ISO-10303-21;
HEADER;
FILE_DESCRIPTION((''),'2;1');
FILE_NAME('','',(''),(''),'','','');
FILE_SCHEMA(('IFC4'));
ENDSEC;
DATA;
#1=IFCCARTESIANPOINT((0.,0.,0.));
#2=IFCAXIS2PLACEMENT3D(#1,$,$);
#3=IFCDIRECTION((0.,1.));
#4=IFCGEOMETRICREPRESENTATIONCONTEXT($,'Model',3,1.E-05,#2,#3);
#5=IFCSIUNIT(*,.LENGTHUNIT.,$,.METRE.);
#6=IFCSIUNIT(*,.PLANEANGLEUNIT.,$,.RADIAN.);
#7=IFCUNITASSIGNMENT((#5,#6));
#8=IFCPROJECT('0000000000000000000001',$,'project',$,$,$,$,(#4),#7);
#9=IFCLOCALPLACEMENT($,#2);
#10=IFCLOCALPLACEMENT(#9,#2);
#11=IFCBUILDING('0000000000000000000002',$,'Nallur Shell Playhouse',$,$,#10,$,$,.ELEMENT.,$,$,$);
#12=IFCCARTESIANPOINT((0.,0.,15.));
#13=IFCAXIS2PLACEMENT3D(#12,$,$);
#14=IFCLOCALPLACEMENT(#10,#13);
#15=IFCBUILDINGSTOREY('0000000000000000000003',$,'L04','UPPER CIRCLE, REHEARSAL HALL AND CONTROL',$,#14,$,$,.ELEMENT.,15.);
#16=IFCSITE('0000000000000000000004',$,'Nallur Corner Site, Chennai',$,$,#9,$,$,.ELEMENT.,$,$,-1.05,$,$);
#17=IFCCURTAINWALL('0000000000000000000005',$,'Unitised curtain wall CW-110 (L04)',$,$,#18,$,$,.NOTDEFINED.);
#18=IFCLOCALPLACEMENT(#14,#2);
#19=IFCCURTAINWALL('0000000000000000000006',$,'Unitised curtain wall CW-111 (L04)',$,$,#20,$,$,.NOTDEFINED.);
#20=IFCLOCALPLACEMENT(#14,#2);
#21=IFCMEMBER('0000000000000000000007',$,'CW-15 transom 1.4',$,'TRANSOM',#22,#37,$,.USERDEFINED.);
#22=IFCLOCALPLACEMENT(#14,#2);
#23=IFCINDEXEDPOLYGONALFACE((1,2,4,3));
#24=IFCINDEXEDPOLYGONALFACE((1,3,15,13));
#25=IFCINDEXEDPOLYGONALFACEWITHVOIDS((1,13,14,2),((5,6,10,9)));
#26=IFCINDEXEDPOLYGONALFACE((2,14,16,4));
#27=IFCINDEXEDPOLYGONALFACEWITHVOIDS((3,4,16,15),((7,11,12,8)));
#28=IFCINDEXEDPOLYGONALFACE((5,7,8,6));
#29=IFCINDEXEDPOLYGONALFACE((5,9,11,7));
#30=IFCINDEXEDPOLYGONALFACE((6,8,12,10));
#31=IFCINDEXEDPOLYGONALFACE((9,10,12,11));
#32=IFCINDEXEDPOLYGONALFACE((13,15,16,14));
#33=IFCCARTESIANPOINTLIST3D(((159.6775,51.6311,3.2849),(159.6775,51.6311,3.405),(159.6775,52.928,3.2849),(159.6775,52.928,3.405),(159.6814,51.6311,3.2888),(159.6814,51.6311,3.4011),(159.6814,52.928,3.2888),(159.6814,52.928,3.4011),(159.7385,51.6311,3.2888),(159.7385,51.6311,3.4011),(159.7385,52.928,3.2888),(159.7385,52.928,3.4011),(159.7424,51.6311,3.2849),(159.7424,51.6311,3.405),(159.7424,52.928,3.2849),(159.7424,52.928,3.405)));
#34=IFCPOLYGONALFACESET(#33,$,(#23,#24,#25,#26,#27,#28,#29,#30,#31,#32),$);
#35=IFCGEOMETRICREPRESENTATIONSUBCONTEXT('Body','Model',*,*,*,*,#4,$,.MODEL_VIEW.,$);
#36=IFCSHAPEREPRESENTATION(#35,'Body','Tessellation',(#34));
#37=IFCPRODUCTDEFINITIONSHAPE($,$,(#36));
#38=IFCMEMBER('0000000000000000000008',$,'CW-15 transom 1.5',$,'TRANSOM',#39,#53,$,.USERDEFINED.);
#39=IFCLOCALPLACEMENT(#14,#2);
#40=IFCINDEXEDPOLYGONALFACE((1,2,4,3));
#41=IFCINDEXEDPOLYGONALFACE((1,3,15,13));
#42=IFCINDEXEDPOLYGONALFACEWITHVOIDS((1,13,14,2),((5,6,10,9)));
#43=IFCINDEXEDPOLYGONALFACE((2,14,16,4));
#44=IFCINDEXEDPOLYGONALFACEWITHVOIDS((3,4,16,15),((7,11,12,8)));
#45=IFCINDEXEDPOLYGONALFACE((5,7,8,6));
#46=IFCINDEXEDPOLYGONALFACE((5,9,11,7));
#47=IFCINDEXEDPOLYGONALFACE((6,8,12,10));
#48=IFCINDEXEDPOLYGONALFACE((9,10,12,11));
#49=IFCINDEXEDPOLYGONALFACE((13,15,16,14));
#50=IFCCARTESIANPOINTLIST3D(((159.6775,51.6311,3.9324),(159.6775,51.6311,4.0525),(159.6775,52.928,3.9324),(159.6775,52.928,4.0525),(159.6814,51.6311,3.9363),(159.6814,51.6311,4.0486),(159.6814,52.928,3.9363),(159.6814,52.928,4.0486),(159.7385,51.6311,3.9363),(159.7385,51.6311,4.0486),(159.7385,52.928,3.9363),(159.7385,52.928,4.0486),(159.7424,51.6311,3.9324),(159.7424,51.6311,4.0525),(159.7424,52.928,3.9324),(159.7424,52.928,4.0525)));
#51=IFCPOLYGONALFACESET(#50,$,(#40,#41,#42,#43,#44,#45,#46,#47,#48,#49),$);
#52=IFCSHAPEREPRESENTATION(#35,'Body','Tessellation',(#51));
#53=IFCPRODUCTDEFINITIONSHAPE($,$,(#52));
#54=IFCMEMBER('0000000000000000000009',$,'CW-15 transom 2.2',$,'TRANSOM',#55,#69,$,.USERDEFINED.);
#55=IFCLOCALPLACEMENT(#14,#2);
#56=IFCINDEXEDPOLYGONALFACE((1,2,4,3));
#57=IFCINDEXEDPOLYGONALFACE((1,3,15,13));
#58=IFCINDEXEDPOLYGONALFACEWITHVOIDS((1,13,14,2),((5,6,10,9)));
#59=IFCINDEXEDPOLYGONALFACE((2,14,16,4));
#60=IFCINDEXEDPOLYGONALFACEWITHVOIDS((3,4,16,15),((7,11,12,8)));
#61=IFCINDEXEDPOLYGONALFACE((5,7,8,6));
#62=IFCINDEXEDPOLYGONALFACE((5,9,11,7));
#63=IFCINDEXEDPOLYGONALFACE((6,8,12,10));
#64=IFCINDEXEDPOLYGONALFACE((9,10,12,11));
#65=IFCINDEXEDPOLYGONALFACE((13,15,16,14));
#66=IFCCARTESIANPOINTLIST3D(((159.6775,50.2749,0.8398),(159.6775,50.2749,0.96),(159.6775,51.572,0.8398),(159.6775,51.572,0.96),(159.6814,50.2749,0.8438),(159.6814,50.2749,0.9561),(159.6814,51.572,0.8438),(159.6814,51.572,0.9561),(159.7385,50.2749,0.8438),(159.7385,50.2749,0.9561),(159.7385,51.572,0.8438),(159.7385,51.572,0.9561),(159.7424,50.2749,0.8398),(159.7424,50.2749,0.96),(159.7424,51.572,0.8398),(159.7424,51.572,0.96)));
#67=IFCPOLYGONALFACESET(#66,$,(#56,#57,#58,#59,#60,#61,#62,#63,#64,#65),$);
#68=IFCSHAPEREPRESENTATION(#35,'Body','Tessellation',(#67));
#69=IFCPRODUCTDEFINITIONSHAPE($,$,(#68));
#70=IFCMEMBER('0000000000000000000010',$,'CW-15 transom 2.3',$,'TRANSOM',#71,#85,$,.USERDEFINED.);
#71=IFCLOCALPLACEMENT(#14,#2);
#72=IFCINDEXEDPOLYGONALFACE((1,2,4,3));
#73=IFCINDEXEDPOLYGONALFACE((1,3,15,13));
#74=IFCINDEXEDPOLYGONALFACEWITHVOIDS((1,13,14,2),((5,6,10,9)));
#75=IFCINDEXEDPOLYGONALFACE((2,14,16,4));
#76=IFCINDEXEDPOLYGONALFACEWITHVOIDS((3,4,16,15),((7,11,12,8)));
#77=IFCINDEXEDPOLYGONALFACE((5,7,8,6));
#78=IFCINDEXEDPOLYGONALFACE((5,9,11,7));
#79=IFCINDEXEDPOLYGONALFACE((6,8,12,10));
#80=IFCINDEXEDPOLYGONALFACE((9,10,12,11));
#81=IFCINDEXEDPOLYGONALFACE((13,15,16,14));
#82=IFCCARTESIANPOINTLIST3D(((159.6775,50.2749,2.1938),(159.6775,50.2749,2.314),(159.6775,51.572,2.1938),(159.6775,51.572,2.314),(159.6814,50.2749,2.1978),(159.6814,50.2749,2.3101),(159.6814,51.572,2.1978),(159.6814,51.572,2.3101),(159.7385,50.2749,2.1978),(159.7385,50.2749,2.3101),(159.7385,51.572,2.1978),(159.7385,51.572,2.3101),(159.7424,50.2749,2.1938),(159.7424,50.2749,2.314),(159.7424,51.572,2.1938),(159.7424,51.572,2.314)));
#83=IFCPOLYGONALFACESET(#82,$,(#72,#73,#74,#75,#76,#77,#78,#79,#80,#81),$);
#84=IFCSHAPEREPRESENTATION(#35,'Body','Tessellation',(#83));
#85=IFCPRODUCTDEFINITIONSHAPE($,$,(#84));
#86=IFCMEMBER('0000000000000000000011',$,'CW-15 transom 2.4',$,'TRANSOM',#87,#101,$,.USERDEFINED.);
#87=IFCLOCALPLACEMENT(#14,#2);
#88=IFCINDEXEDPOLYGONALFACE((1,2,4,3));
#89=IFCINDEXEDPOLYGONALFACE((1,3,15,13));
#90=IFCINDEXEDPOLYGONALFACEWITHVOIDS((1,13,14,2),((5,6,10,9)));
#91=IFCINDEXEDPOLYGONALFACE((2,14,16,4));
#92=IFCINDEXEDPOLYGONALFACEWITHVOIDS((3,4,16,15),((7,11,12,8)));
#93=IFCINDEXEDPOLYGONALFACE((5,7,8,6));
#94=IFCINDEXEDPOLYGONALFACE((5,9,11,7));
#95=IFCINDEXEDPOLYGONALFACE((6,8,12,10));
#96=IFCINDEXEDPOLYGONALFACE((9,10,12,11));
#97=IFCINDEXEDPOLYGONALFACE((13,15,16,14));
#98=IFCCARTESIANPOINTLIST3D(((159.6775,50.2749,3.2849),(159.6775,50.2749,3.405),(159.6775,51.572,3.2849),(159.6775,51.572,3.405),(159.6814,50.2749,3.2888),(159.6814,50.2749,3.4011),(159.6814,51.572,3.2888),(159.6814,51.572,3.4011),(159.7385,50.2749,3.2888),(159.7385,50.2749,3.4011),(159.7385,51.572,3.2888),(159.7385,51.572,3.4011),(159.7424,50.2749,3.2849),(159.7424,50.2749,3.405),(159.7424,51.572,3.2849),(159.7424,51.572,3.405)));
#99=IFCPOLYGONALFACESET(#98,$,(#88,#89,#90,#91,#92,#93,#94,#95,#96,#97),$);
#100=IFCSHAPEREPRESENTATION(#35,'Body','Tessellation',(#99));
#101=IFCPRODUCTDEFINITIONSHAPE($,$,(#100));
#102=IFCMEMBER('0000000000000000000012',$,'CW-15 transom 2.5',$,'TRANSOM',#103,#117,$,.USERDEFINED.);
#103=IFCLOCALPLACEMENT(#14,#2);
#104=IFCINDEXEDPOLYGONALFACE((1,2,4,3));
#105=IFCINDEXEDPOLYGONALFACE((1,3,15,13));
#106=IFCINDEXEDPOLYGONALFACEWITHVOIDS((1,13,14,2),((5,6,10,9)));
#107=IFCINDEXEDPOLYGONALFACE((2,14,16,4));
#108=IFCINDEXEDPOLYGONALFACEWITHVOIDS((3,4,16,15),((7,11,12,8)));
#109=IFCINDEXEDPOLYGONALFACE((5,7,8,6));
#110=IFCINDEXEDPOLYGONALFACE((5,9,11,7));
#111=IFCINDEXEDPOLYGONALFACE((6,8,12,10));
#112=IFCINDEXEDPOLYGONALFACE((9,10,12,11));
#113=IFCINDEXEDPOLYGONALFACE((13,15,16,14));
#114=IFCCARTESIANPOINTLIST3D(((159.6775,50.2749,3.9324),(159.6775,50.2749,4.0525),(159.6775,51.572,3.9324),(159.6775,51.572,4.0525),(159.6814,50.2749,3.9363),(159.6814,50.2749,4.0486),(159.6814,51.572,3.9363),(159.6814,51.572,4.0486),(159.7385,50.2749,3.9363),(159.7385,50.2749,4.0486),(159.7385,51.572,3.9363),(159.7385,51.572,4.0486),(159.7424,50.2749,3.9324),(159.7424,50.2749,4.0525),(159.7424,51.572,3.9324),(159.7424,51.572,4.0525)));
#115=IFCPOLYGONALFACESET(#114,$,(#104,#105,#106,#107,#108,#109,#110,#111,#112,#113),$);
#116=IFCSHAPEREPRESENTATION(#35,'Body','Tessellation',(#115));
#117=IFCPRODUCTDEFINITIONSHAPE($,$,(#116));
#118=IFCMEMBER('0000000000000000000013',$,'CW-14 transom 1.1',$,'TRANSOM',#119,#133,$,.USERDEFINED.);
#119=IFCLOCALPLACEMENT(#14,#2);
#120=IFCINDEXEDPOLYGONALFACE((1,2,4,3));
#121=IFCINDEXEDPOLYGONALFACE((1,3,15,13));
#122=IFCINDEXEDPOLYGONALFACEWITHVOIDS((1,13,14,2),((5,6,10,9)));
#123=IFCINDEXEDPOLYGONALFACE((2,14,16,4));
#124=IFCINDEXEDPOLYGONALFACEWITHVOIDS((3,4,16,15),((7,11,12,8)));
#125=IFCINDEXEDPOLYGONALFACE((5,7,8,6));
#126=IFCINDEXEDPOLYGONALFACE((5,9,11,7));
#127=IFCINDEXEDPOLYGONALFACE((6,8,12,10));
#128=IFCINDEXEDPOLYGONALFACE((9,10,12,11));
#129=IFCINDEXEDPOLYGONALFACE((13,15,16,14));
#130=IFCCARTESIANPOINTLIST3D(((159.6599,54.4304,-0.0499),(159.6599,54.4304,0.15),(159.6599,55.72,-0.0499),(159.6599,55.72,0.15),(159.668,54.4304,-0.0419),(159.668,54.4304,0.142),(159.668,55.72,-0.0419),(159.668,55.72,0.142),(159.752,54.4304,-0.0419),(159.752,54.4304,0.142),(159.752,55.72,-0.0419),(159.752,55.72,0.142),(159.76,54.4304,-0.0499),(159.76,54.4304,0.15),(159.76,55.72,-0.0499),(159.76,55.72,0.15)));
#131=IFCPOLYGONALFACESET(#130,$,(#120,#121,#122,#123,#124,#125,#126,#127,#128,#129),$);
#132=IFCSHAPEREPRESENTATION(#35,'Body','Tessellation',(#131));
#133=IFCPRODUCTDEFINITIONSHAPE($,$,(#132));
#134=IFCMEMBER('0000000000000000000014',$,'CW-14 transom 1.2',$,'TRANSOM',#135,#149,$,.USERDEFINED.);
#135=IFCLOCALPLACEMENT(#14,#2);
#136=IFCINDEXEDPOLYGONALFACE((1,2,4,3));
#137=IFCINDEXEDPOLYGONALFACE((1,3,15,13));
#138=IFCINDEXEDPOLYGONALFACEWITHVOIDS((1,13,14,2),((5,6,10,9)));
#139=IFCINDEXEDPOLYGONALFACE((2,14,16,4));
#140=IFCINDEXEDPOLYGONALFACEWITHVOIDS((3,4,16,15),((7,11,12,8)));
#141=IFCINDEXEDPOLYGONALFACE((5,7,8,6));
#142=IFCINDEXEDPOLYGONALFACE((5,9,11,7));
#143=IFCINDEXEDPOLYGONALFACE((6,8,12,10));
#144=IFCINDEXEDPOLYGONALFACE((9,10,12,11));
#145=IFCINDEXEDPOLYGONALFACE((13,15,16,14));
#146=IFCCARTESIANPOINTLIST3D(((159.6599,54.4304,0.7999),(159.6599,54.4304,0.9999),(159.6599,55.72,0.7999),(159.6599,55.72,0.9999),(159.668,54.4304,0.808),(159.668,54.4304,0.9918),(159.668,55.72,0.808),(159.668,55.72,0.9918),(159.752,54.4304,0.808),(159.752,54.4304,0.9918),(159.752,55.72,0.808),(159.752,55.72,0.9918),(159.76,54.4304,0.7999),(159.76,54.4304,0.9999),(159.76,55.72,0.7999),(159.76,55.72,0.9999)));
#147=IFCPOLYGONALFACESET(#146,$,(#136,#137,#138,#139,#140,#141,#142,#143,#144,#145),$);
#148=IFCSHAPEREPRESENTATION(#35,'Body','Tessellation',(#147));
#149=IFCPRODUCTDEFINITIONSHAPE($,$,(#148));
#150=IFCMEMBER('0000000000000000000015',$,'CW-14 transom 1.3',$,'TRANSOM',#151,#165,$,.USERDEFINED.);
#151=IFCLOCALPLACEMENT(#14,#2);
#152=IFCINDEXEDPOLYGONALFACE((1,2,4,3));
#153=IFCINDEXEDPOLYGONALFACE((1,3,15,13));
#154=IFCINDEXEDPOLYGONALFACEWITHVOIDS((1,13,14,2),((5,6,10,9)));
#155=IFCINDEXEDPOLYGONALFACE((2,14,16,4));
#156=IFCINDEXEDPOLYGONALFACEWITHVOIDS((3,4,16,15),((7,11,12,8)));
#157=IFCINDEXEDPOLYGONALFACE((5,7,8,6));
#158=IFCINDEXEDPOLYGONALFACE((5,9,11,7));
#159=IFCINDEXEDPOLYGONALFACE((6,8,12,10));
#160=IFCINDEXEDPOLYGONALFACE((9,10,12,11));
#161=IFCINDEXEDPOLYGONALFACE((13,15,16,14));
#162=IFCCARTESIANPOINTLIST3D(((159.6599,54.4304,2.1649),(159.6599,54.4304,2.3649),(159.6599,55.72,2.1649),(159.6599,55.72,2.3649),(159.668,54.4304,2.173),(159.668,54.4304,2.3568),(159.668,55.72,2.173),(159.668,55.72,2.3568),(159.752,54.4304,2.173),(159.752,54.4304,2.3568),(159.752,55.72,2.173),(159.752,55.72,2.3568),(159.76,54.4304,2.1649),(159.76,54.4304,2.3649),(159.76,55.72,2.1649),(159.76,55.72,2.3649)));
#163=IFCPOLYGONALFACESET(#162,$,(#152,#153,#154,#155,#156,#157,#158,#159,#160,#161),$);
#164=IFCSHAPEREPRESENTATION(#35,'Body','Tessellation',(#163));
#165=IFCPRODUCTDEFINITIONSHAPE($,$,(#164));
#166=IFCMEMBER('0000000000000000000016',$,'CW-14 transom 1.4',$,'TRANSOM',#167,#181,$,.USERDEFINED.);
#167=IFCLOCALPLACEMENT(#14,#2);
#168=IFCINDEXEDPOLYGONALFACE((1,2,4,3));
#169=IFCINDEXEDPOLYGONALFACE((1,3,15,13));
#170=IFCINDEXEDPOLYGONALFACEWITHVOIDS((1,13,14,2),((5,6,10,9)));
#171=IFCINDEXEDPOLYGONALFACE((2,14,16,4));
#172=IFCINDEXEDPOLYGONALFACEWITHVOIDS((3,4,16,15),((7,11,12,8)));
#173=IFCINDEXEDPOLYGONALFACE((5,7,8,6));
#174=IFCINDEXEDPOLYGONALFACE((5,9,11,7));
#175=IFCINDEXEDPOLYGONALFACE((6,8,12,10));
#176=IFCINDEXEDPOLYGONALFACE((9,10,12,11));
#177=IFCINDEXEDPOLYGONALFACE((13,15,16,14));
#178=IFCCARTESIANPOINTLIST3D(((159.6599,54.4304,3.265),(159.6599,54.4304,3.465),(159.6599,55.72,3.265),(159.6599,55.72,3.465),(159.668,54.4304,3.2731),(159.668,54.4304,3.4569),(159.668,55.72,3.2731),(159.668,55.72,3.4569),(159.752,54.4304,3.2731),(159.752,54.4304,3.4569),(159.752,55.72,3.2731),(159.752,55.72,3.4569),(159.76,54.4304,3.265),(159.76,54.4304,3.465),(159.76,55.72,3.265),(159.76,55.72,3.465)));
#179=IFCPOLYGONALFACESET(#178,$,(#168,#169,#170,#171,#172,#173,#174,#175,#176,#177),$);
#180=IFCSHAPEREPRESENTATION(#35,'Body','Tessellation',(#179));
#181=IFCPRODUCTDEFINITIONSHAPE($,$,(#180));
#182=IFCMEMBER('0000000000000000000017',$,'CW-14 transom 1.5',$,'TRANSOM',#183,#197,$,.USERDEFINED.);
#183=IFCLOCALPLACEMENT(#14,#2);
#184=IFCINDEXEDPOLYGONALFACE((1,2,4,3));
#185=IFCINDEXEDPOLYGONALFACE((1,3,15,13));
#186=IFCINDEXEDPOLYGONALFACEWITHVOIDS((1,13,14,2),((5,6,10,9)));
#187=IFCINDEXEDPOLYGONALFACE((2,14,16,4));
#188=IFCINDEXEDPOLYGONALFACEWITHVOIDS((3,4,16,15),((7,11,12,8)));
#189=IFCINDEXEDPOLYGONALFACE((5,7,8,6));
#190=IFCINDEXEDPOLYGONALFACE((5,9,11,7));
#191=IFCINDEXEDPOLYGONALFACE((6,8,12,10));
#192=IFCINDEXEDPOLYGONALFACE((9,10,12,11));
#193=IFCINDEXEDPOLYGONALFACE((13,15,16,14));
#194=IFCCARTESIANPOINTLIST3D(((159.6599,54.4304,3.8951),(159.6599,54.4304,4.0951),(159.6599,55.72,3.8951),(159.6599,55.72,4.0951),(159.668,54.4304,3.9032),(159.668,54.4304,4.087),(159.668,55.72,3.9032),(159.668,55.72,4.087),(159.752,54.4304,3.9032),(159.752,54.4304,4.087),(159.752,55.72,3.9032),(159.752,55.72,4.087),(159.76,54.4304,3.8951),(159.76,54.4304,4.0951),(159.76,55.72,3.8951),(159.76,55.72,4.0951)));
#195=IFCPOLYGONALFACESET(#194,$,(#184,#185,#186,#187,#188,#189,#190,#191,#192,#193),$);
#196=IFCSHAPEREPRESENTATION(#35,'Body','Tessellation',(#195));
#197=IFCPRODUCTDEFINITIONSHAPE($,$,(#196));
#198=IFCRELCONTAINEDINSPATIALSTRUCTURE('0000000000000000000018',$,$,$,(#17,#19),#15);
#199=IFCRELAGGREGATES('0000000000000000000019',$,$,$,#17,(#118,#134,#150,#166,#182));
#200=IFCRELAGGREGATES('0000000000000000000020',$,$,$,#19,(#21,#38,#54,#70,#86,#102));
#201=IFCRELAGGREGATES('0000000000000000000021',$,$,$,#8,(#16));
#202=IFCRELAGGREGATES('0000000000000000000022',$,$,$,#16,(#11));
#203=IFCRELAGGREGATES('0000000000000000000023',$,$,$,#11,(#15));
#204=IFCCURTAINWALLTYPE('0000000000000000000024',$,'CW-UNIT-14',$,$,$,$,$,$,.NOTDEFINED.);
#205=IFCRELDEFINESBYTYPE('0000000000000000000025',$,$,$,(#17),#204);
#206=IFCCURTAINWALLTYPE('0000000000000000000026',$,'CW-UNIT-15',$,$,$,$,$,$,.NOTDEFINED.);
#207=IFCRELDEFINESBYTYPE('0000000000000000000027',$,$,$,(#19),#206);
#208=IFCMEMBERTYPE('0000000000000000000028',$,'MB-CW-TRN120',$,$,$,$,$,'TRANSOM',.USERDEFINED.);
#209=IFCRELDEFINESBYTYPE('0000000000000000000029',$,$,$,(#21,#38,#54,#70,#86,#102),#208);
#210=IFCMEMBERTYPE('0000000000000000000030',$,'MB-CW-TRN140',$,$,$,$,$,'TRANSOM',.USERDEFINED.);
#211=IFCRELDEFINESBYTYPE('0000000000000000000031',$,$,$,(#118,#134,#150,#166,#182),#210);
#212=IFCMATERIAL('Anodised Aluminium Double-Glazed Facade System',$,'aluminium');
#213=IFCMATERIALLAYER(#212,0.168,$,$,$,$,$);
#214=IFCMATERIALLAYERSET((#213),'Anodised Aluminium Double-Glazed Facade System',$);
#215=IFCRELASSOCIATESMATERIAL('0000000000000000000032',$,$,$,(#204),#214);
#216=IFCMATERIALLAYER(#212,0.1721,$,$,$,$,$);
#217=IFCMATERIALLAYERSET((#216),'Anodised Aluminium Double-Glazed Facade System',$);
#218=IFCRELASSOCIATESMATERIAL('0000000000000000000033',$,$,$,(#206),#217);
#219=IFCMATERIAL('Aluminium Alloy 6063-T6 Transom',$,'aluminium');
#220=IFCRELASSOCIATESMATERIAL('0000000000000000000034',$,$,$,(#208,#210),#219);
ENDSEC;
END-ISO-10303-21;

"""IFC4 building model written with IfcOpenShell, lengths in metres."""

from ifc_helpers import new_model, si_unit, direction, frame, origin, origin_2d, place, context, subcontext, project, spatial, hollow_rectangle, extrude, material, layer, layer_set, material_profile, profile_set, type_object, element, aggregate, save


model = new_model("IFC4")

# Units and contexts
model_context = context("Model", 3, precision=1e-05, world=origin(), true_north=direction((0.0, 1.0)))
body_context = subcontext(model_context, "Body", "Model", "MODEL_VIEW")
ifc_project = project(units=[si_unit("LENGTHUNIT", "METRE"), si_unit("PLANEANGLEUNIT", "RADIAN")], contexts=[model_context])

# Site, building, storey
site_placement = place(None, origin())
site = spatial("IfcSite", under=ifc_project, at=site_placement, Name="Nallur Corner Site, Chennai", CompositionType="ELEMENT", RefElevation=-1.05)
building_placement = place(site_placement, origin())
building = spatial("IfcBuilding", under=site, at=building_placement, Name="Nallur Shell Playhouse", CompositionType="ELEMENT")
storey_placement = place(building_placement, frame((0.0, 0.0, 15.0)))
storey = spatial("IfcBuildingStorey", under=building, at=storey_placement, Name="L04", Description="UPPER CIRCLE, REHEARSAL HALL AND CONTROL", CompositionType="ELEMENT", Elevation=15.0)

# Curtain walls, members
ifc_material_1 = material(Name="Anodised Aluminium Double-Glazed Facade System", Category="aluminium")
ifc_layer_1 = layer(ifc_material_1, 0.168)
ifc_layer_set_1 = layer_set([ifc_layer_1], Name="Anodised Aluminium Double-Glazed Facade System")
curtain_wall_type_1 = type_object("IfcCurtainWallType", Name="CW-UNIT-14", PredefinedType="NOTDEFINED", material=ifc_layer_set_1)
curtain_wall_1_placement = place(storey_placement, origin())
curtain_wall_1 = element("IfcCurtainWall", 1, at=curtain_wall_1_placement, inside=storey, type_object=curtain_wall_type_1, Name="Unitised curtain wall CW-110 (L04)", PredefinedType="NOTDEFINED")
ifc_layer_2 = layer(ifc_material_1, 0.1721)
ifc_layer_set_2 = layer_set([ifc_layer_2], Name="Anodised Aluminium Double-Glazed Facade System")
curtain_wall_type_2 = type_object("IfcCurtainWallType", Name="CW-UNIT-15", PredefinedType="NOTDEFINED", material=ifc_layer_set_2)
curtain_wall_2_placement = place(storey_placement, origin())
curtain_wall_2 = element("IfcCurtainWall", 2, at=curtain_wall_2_placement, inside=storey, type_object=curtain_wall_type_2, Name="Unitised curtain wall CW-111 (L04)", PredefinedType="NOTDEFINED")
ifc_material_2 = material(Name="Aluminium Alloy 6063-T6 Transom", Category="aluminium")
ifc_material_profile_1 = material_profile(ifc_material_2, hollow_rectangle(XDim=0.0649, YDim=0.1201, WallThickness=0.0039, at=origin_2d()), Name="ALU 65x120x4")
ifc_profile_set_1 = profile_set([ifc_material_profile_1], Name="Aluminium Alloy 6063-T6 Transom")
member_type_1 = type_object("IfcMemberType", Name="MB-CW-TRN120", ElementType="TRANSOM", PredefinedType="USERDEFINED", material=ifc_profile_set_1)
member_1_placement = place(storey_placement, frame((159.71, 52.928, 3.345), z_axis=(0.0, -1.0, 0.0), x_axis=(1.0, 0.0, 0.0)))
member_1 = element("IfcMember", 3, at=member_1_placement, type_object=member_type_1, Name="CW-15 transom 1.4", ObjectType="TRANSOM", PredefinedType="USERDEFINED", context=body_context, shape_type="SweptSolid", body=[
    extrude(hollow_rectangle(XDim=0.0649, YDim=0.1201, WallThickness=0.0039, at=origin_2d()), origin(), (0.0, 0.0, 1.0), 1.2969),
])
member_2_placement = place(storey_placement, frame((159.71, 52.928, 3.9924), z_axis=(0.0, -1.0, 0.0), x_axis=(1.0, 0.0, 0.0)))
member_2 = element("IfcMember", 4, at=member_2_placement, type_object=member_type_1, Name="CW-15 transom 1.5", ObjectType="TRANSOM", PredefinedType="USERDEFINED", context=body_context, shape_type="SweptSolid", body=[
    extrude(hollow_rectangle(XDim=0.0649, YDim=0.1201, WallThickness=0.0039, at=origin_2d()), origin(), (0.0, 0.0, 1.0), 1.2969),
])
member_3_placement = place(storey_placement, frame((159.71, 51.572, 0.8999), z_axis=(0.0, -1.0, 0.0), x_axis=(1.0, 0.0, 0.0)))
member_3 = element("IfcMember", 5, at=member_3_placement, type_object=member_type_1, Name="CW-15 transom 2.2", ObjectType="TRANSOM", PredefinedType="USERDEFINED", context=body_context, shape_type="SweptSolid", body=[
    extrude(hollow_rectangle(XDim=0.0649, YDim=0.1201, WallThickness=0.0039, at=origin_2d()), origin(), (0.0, 0.0, 1.0), 1.2971),
])
member_4_placement = place(storey_placement, frame((159.71, 51.572, 2.2539), z_axis=(0.0, -1.0, 0.0), x_axis=(1.0, 0.0, 0.0)))
member_4 = element("IfcMember", 6, at=member_4_placement, type_object=member_type_1, Name="CW-15 transom 2.3", ObjectType="TRANSOM", PredefinedType="USERDEFINED", context=body_context, shape_type="SweptSolid", body=[
    extrude(hollow_rectangle(XDim=0.0649, YDim=0.1201, WallThickness=0.0039, at=origin_2d()), origin(), (0.0, 0.0, 1.0), 1.2971),
])
member_5_placement = place(storey_placement, frame((159.71, 51.572, 3.345), z_axis=(0.0, -1.0, 0.0), x_axis=(1.0, 0.0, 0.0)))
member_5 = element("IfcMember", 7, at=member_5_placement, type_object=member_type_1, Name="CW-15 transom 2.4", ObjectType="TRANSOM", PredefinedType="USERDEFINED", context=body_context, shape_type="SweptSolid", body=[
    extrude(hollow_rectangle(XDim=0.0649, YDim=0.1201, WallThickness=0.0039, at=origin_2d()), origin(), (0.0, 0.0, 1.0), 1.2971),
])
member_6_placement = place(storey_placement, frame((159.71, 51.572, 3.9924), z_axis=(0.0, -1.0, 0.0), x_axis=(1.0, 0.0, 0.0)))
member_6 = element("IfcMember", 8, at=member_6_placement, type_object=member_type_1, Name="CW-15 transom 2.5", ObjectType="TRANSOM", PredefinedType="USERDEFINED", context=body_context, shape_type="SweptSolid", body=[
    extrude(hollow_rectangle(XDim=0.0649, YDim=0.1201, WallThickness=0.0039, at=origin_2d()), origin(), (0.0, 0.0, 1.0), 1.2971),
])

# Members
ifc_material_profile_2 = material_profile(ifc_material_2, hollow_rectangle(XDim=0.1001, YDim=0.2, WallThickness=0.0081, at=origin_2d()), Name="RHS 200x100x8")
ifc_profile_set_2 = profile_set([ifc_material_profile_2], Name="Aluminium Alloy 6063-T6 Transom")
member_type_2 = type_object("IfcMemberType", Name="MB-CW-TRN140", ElementType="TRANSOM", PredefinedType="USERDEFINED", material=ifc_profile_set_2)
member_7_placement = place(storey_placement, frame((159.71, 55.72, 0.05), z_axis=(0.0, -1.0, 0.0), x_axis=(1.0, 0.0, 0.0)))
member_7 = element("IfcMember", 9, at=member_7_placement, type_object=member_type_2, Name="CW-14 transom 1.1", ObjectType="TRANSOM", PredefinedType="USERDEFINED", context=body_context, shape_type="SweptSolid", body=[
    extrude(hollow_rectangle(XDim=0.1001, YDim=0.2, WallThickness=0.0081, at=origin_2d()), origin(), (0.0, 0.0, 1.0), 1.2896),
])
member_8_placement = place(storey_placement, frame((159.71, 55.72, 0.8999), z_axis=(0.0, -1.0, 0.0), x_axis=(1.0, 0.0, 0.0)))
member_8 = element("IfcMember", 10, at=member_8_placement, type_object=member_type_2, Name="CW-14 transom 1.2", ObjectType="TRANSOM", PredefinedType="USERDEFINED", context=body_context, shape_type="SweptSolid", body=[
    extrude(hollow_rectangle(XDim=0.1001, YDim=0.2, WallThickness=0.0081, at=origin_2d()), origin(), (0.0, 0.0, 1.0), 1.2896),
])
member_9_placement = place(storey_placement, frame((159.71, 55.72, 2.2649), z_axis=(0.0, -1.0, 0.0), x_axis=(1.0, 0.0, 0.0)))
member_9 = element("IfcMember", 11, at=member_9_placement, type_object=member_type_2, Name="CW-14 transom 1.3", ObjectType="TRANSOM", PredefinedType="USERDEFINED", context=body_context, shape_type="SweptSolid", body=[
    extrude(hollow_rectangle(XDim=0.1001, YDim=0.2, WallThickness=0.0081, at=origin_2d()), origin(), (0.0, 0.0, 1.0), 1.2896),
])
member_10_placement = place(storey_placement, frame((159.71, 55.72, 3.365), z_axis=(0.0, -1.0, 0.0), x_axis=(1.0, 0.0, 0.0)))
member_10 = element("IfcMember", 12, at=member_10_placement, type_object=member_type_2, Name="CW-14 transom 1.4", ObjectType="TRANSOM", PredefinedType="USERDEFINED", context=body_context, shape_type="SweptSolid", body=[
    extrude(hollow_rectangle(XDim=0.1001, YDim=0.2, WallThickness=0.0081, at=origin_2d()), origin(), (0.0, 0.0, 1.0), 1.2896),
])
member_11_placement = place(storey_placement, frame((159.71, 55.72, 3.9951), z_axis=(0.0, -1.0, 0.0), x_axis=(1.0, 0.0, 0.0)))
member_11 = element("IfcMember", 13, at=member_11_placement, type_object=member_type_2, Name="CW-14 transom 1.5", ObjectType="TRANSOM", PredefinedType="USERDEFINED", context=body_context, shape_type="SweptSolid", body=[
    extrude(hollow_rectangle(XDim=0.1001, YDim=0.2, WallThickness=0.0081, at=origin_2d()), origin(), (0.0, 0.0, 1.0), 1.2896),
])

aggregate(curtain_wall_1, [member_7, member_8, member_9, member_10, member_11])
aggregate(curtain_wall_2, [member_1, member_2, member_3, member_4, member_5, member_6])

save(model, "model.ifc")
